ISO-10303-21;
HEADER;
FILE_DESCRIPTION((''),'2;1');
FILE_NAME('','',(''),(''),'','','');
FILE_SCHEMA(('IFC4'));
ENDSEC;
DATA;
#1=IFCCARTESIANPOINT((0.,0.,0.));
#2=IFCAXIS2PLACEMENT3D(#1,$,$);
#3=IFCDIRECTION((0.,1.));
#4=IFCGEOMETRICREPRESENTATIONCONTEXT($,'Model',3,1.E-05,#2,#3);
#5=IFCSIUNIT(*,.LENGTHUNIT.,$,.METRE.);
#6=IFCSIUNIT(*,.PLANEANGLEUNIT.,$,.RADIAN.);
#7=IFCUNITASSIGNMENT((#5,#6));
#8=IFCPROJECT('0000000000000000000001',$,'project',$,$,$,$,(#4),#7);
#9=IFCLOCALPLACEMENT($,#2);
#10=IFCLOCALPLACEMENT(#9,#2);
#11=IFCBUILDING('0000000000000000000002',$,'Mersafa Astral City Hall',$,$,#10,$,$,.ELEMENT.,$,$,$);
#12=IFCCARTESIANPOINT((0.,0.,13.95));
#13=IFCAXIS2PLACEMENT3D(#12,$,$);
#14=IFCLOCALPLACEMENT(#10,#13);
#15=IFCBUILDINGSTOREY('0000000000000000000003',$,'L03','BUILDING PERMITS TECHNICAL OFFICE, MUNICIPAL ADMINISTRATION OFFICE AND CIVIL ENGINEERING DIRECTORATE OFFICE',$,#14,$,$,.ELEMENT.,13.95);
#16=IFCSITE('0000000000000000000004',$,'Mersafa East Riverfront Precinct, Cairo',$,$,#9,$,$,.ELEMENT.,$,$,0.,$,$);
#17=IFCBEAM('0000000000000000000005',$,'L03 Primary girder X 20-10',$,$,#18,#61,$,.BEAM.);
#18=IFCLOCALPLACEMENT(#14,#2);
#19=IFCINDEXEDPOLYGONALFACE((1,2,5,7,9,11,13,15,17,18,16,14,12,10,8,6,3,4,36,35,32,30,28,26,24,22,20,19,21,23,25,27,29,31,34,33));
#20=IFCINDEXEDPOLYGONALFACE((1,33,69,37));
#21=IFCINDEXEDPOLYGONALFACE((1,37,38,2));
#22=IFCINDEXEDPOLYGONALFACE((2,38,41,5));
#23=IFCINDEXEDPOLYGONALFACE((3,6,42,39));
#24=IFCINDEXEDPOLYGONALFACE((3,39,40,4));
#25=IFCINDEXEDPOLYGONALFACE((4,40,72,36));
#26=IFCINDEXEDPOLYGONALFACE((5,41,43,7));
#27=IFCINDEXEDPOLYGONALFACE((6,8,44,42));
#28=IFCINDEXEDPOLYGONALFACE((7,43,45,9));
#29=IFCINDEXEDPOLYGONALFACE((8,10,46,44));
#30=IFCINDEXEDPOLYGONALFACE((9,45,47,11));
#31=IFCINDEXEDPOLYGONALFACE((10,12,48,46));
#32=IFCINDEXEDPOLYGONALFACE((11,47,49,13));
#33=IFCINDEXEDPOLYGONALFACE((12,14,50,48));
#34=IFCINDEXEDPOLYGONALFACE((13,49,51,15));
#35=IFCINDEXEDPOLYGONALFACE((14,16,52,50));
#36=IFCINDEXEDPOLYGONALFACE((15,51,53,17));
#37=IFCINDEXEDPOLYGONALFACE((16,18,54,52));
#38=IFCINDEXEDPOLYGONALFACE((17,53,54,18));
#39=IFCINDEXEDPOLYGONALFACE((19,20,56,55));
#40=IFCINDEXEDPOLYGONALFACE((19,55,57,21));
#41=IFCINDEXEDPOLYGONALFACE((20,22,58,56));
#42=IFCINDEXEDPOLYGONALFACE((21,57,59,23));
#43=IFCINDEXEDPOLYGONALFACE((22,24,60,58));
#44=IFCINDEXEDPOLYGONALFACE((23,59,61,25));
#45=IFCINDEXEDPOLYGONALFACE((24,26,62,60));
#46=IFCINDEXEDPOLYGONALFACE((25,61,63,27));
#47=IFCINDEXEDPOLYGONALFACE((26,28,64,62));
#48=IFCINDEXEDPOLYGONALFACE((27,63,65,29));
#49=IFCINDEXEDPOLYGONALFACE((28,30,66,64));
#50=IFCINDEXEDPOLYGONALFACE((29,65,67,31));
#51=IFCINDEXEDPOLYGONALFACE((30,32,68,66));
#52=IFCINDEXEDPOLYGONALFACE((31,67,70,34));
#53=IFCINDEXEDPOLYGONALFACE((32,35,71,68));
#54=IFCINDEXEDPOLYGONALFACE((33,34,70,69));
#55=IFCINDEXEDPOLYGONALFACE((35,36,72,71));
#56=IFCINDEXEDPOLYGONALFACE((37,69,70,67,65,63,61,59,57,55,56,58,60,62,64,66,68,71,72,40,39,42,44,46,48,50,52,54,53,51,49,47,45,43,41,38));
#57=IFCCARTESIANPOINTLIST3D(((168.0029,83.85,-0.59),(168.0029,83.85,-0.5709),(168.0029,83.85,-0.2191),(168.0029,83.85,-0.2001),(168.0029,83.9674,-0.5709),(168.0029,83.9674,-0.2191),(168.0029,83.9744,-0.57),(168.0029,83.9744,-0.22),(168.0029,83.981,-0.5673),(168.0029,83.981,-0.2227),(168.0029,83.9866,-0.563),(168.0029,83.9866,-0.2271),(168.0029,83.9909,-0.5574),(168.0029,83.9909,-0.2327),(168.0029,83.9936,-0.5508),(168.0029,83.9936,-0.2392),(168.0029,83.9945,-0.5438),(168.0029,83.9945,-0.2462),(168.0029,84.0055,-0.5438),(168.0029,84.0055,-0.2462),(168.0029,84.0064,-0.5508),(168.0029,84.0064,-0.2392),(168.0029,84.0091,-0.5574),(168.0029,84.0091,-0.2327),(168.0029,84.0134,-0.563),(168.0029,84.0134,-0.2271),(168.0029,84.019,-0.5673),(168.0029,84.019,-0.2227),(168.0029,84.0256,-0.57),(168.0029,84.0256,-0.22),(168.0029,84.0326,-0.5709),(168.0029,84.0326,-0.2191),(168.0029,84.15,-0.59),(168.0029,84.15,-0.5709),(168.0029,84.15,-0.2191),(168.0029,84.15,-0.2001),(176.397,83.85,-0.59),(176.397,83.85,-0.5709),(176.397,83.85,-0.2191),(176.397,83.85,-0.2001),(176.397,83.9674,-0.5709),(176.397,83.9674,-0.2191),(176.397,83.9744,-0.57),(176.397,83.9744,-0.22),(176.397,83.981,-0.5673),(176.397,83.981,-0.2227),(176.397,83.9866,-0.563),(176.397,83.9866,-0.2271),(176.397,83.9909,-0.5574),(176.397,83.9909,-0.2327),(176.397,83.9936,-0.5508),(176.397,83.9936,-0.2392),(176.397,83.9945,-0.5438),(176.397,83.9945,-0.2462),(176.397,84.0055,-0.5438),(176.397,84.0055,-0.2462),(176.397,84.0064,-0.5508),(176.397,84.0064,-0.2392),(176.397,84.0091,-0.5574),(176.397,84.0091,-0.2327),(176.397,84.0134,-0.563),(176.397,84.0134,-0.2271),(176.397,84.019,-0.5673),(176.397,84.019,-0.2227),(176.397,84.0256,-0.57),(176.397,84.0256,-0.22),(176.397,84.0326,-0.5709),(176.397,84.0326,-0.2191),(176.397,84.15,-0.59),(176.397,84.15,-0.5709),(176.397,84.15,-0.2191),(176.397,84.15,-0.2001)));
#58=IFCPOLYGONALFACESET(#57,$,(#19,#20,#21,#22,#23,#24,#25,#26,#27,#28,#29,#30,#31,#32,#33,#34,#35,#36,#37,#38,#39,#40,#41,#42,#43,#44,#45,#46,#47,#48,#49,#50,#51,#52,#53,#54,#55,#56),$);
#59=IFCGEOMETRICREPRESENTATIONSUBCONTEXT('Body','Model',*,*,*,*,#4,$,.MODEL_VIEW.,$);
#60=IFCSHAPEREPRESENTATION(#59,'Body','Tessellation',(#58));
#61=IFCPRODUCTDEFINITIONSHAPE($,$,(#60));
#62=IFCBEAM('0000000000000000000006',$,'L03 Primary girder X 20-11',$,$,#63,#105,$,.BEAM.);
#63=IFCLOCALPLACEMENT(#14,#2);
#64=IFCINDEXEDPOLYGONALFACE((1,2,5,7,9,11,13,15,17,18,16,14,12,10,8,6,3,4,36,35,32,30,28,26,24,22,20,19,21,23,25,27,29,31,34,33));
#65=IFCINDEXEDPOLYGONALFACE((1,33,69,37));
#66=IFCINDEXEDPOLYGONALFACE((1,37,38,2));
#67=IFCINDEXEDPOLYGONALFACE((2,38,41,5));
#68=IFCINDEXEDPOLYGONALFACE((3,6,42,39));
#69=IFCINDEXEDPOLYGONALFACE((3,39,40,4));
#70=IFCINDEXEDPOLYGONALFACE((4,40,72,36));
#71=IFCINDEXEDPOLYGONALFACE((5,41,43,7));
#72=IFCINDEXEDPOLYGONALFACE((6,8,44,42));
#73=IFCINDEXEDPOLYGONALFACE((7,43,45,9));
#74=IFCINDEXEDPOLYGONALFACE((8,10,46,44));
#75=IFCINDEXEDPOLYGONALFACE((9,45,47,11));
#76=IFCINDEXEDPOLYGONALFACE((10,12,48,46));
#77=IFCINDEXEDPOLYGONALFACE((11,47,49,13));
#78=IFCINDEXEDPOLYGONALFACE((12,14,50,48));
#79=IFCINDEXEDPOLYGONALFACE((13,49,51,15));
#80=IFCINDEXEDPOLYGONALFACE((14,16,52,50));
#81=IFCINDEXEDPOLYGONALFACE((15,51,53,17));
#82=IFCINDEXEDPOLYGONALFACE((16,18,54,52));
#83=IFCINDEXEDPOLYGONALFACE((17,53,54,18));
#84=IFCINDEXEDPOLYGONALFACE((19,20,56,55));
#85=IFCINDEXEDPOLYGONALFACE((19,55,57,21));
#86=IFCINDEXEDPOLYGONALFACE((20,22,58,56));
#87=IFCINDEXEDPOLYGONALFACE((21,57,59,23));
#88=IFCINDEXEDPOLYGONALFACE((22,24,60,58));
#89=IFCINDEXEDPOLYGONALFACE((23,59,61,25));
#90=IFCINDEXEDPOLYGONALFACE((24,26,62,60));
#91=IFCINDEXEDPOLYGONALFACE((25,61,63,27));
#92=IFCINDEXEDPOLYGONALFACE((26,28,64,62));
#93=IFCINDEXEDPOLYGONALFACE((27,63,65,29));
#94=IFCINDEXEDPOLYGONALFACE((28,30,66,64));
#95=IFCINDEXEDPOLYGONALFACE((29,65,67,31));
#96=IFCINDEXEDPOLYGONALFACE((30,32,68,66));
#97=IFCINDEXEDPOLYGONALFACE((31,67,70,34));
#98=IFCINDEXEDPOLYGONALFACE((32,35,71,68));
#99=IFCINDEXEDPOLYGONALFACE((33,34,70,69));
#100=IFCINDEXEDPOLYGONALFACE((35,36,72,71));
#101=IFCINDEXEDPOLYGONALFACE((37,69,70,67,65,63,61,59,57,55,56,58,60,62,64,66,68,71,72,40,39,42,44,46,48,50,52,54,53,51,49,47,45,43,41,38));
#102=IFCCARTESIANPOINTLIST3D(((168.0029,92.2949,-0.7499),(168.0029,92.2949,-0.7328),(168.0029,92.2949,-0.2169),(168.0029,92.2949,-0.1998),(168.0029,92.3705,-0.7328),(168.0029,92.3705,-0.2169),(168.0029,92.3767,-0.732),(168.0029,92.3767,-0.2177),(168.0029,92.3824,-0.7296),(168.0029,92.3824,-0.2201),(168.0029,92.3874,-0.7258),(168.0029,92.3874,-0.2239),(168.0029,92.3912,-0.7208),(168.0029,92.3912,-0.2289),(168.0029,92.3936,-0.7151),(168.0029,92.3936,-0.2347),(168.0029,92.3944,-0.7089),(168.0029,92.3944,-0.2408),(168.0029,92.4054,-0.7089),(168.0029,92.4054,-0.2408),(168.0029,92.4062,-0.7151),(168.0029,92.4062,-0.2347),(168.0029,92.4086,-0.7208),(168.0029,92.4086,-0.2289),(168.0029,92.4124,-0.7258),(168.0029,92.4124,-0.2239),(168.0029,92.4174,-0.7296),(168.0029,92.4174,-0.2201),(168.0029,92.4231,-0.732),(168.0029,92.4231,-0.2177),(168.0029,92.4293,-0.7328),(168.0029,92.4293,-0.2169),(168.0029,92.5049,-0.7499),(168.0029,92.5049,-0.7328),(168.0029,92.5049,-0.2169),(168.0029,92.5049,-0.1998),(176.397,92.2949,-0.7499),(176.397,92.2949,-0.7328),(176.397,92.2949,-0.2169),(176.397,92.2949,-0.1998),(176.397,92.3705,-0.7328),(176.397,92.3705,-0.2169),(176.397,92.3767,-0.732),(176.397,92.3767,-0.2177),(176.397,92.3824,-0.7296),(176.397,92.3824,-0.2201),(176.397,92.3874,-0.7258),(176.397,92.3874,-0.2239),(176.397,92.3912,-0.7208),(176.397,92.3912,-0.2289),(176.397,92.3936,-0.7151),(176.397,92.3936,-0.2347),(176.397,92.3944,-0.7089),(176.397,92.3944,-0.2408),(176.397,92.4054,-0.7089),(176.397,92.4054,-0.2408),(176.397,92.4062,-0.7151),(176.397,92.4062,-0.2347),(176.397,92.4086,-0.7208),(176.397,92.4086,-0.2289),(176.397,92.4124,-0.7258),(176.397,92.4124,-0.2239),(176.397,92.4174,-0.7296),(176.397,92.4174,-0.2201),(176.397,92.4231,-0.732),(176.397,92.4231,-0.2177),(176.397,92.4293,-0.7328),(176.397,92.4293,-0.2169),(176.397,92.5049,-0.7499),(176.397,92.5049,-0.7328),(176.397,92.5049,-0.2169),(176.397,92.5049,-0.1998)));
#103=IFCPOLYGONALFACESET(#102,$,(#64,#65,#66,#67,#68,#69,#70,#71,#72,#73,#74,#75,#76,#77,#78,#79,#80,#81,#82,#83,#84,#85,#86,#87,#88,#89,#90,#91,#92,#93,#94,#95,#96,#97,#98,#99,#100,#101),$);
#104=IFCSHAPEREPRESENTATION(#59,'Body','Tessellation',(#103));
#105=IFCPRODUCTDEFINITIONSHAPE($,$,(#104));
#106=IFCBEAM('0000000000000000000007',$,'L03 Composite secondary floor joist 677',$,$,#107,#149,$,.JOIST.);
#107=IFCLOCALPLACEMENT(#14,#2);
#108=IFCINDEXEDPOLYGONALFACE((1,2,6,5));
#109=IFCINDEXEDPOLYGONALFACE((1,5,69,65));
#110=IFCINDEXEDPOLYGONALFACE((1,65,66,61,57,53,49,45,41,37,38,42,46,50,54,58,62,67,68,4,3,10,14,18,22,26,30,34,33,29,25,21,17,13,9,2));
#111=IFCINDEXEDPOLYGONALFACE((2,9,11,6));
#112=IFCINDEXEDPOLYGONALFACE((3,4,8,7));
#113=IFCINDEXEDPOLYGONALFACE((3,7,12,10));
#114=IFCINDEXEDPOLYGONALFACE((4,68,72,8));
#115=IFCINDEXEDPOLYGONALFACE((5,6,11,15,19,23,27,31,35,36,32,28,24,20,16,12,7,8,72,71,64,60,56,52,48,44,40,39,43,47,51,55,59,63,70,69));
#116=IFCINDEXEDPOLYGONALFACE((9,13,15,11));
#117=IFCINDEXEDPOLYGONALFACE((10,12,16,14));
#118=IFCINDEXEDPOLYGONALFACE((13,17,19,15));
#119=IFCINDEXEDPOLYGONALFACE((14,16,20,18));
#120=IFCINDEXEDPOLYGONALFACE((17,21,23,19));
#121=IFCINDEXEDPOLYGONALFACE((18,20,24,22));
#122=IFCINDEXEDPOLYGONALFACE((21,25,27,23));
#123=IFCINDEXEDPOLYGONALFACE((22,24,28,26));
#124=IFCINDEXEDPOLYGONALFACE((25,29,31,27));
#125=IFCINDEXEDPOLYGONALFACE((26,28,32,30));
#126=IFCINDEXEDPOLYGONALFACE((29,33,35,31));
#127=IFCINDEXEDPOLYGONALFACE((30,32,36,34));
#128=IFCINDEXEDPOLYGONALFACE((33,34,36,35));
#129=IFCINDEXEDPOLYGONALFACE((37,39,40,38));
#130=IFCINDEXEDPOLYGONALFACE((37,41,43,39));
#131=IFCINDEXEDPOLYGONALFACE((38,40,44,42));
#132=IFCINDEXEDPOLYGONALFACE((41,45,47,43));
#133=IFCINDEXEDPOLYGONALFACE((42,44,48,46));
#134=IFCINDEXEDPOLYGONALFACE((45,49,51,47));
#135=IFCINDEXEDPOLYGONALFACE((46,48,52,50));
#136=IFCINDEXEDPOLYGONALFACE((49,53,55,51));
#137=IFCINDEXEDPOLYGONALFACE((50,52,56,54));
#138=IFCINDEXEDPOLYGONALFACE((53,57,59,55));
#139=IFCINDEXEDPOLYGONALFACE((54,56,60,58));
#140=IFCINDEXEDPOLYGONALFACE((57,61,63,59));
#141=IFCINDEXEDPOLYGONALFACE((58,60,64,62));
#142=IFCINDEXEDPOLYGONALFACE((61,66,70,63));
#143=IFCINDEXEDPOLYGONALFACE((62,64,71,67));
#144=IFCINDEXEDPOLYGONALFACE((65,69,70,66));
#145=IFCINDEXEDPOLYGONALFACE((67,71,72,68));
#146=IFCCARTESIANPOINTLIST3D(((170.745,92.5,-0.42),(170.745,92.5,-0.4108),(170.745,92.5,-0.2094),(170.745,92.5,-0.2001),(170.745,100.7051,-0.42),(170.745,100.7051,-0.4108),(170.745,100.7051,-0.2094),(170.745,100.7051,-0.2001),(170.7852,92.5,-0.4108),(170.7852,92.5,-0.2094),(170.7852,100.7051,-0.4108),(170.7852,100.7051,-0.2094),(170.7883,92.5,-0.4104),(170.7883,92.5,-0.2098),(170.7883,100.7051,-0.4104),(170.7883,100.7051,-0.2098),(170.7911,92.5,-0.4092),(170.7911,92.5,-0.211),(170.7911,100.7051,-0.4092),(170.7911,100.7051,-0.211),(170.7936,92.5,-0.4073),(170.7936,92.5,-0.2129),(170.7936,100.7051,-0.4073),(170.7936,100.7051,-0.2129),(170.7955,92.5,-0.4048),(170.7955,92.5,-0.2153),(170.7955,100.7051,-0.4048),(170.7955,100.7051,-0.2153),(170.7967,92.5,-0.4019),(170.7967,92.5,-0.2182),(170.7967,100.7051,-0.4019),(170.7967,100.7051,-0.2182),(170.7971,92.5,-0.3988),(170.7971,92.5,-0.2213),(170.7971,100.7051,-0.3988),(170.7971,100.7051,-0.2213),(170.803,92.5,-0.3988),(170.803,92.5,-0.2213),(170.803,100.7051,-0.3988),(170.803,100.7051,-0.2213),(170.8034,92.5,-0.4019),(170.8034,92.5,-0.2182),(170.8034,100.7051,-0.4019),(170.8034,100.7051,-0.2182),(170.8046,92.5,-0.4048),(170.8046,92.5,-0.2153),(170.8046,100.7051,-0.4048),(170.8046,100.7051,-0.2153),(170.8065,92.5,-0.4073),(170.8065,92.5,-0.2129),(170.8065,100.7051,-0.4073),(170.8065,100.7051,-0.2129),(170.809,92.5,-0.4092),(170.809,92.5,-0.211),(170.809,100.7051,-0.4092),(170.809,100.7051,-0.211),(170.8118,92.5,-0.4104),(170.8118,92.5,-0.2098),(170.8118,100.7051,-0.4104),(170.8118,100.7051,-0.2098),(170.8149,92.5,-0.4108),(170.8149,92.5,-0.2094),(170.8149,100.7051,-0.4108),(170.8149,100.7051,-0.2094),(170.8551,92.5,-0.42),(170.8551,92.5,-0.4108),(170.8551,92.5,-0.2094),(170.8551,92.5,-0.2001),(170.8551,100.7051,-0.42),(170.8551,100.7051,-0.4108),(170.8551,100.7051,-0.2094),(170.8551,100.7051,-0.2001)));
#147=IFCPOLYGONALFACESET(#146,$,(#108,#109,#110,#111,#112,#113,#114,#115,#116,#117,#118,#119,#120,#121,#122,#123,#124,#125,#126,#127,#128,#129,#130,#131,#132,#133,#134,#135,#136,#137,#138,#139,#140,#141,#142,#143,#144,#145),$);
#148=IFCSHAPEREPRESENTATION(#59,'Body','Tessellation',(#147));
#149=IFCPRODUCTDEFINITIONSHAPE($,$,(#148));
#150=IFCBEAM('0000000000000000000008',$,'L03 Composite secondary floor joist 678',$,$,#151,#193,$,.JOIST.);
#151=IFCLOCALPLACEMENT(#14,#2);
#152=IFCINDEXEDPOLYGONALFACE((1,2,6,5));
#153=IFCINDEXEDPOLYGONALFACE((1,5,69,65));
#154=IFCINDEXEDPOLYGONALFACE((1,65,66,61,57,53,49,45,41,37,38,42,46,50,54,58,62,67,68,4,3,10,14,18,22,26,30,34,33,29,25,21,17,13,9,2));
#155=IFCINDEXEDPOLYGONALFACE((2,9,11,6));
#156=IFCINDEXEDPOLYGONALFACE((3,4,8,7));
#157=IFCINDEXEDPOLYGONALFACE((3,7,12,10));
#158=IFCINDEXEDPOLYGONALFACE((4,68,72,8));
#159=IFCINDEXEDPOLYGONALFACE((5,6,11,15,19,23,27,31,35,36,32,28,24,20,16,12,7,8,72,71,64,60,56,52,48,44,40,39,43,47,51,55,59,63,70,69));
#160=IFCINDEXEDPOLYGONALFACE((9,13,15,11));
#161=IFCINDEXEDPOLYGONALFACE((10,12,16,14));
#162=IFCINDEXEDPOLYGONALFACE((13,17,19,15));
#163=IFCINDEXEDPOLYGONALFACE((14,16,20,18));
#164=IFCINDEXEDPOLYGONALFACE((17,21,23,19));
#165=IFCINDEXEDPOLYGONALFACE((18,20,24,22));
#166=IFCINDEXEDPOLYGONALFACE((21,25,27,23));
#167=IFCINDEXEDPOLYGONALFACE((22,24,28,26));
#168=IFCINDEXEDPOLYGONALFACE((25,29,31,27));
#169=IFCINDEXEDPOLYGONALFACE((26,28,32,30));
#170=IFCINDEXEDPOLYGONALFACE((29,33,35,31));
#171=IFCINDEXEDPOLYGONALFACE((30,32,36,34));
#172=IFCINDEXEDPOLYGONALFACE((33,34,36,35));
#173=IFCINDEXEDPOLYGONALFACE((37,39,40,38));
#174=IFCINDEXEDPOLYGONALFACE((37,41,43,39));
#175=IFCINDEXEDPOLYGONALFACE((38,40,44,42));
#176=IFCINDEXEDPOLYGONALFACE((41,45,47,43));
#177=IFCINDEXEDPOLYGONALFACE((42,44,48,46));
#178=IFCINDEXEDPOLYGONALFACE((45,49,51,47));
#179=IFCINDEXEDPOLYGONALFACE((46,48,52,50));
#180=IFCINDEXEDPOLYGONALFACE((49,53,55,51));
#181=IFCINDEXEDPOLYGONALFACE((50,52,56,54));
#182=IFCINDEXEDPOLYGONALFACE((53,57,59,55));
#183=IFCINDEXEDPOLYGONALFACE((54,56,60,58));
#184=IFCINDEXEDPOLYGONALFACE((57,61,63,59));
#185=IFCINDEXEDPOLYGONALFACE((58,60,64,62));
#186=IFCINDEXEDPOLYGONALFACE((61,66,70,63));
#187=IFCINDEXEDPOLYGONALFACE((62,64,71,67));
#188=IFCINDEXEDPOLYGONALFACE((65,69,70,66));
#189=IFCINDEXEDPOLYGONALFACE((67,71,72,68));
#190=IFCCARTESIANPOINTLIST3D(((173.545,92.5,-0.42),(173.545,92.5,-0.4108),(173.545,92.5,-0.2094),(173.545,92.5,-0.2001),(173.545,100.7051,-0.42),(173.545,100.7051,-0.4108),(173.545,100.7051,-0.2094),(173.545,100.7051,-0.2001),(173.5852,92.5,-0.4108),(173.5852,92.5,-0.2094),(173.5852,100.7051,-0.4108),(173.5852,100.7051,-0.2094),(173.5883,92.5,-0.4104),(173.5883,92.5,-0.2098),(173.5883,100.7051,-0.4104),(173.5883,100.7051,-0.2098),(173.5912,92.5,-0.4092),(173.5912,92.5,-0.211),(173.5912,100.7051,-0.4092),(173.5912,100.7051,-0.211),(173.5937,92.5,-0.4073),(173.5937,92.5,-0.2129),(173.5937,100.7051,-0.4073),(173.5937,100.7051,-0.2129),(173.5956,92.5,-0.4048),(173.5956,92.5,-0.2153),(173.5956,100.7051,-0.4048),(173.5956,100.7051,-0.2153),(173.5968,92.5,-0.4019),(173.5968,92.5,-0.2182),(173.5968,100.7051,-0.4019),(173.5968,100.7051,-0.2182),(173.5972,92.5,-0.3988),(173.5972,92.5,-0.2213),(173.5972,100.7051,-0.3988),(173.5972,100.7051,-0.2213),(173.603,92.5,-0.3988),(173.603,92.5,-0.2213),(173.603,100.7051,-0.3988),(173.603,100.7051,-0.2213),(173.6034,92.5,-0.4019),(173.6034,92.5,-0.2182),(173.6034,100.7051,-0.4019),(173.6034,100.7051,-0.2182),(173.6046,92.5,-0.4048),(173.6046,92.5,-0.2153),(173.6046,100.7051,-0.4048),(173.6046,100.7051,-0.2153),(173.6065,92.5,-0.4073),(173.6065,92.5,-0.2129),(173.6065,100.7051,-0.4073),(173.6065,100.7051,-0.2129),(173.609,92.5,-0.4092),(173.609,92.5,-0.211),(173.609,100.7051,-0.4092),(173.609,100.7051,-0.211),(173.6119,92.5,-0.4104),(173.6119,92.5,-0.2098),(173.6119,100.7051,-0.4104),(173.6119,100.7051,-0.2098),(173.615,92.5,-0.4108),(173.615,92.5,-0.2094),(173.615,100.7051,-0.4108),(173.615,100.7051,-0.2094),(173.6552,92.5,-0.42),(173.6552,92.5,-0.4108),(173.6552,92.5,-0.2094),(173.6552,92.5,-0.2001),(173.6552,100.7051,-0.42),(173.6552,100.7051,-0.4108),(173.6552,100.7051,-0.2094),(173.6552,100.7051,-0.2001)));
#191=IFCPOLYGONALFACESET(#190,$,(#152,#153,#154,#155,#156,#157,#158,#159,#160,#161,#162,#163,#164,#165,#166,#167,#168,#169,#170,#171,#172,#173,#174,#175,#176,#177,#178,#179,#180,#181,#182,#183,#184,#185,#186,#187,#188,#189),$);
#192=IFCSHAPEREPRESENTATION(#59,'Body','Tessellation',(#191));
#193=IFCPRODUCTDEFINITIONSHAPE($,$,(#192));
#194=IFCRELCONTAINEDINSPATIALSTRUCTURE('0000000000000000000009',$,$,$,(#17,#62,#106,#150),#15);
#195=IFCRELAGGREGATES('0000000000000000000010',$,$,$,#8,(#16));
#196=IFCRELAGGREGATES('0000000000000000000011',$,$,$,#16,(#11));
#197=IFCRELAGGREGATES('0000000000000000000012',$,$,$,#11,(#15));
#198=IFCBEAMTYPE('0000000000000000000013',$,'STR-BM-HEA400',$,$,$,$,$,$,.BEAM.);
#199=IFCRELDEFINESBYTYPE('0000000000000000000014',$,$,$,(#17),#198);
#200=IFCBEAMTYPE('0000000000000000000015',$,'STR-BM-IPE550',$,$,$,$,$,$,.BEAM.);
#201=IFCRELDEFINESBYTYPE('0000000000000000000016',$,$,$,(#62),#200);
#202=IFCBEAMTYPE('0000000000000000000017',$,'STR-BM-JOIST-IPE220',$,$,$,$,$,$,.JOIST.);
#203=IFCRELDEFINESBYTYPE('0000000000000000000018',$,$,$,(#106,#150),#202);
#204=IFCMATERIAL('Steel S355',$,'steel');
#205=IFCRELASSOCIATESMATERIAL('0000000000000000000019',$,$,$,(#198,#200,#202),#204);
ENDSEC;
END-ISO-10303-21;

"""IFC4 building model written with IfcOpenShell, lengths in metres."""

from ifc_helpers import new_model, si_unit, direction, frame, origin, origin_2d, place, context, subcontext, project, spatial, i_section, extrude, material, material_profile, profile_set, type_object, element, save


model = new_model("IFC4")

# Units and contexts
model_context = context("Model", 3, precision=1e-05, world=origin(), true_north=direction((0.0, 1.0)))
body_context = subcontext(model_context, "Body", "Model", "MODEL_VIEW")
ifc_project = project(units=[si_unit("LENGTHUNIT", "METRE"), si_unit("PLANEANGLEUNIT", "RADIAN")], contexts=[model_context])

# Site, building, storey
site_placement = place(None, origin())
site = spatial("IfcSite", under=ifc_project, at=site_placement, Name="Mersafa East Riverfront Precinct, Cairo", CompositionType="ELEMENT", RefElevation=0.0)
building_placement = place(site_placement, origin())
building = spatial("IfcBuilding", under=site, at=building_placement, Name="Mersafa Astral City Hall", CompositionType="ELEMENT")
storey_placement = place(building_placement, frame((0.0, 0.0, 13.95)))
storey = spatial("IfcBuildingStorey", under=building, at=storey_placement, Name="L03", Description="BUILDING PERMITS TECHNICAL OFFICE, MUNICIPAL ADMINISTRATION OFFICE AND CIVIL ENGINEERING DIRECTORATE OFFICE", CompositionType="ELEMENT", Elevation=13.95)

# Shared definitions
ifc_material_1 = material(Name="Steel S355", Category="steel")

# Beams
ifc_material_profile_1 = material_profile(ifc_material_1, i_section(OverallWidth=0.3, OverallDepth=0.3899, WebThickness=0.011, FlangeThickness=0.019, FilletRadius=0.0271, at=origin_2d()), Name="HEA 400")
ifc_profile_set_1 = profile_set([ifc_material_profile_1], Name="Steel S355")
beam_type_1 = type_object("IfcBeamType", Name="STR-BM-HEA400", PredefinedType="BEAM", material=ifc_profile_set_1)
beam_1_placement = place(storey_placement, frame((168.0029, 84.0, -0.395), z_axis=(1.0, 0.0, 0.0), x_axis=(0.0, 1.0, 0.0)))
element("IfcBeam", 1, at=beam_1_placement, inside=storey, type_object=beam_type_1, Name="L03 Primary girder X 20-10", PredefinedType="BEAM", context=body_context, shape_type="SweptSolid", body=[
    extrude(i_section(OverallWidth=0.3, OverallDepth=0.3899, WebThickness=0.011, FlangeThickness=0.019, FilletRadius=0.0271, at=origin_2d()), origin(), (0.0, 0.0, 1.0), 8.394),
])
ifc_material_profile_2 = material_profile(ifc_material_1, i_section(OverallWidth=0.21, OverallDepth=0.55, WebThickness=0.011, FlangeThickness=0.0171, FilletRadius=0.0239, at=origin_2d()), Name="IPE 550")
ifc_profile_set_2 = profile_set([ifc_material_profile_2], Name="Steel S355")
beam_type_2 = type_object("IfcBeamType", Name="STR-BM-IPE550", PredefinedType="BEAM", material=ifc_profile_set_2)
beam_2_placement = place(storey_placement, frame((168.0029, 92.3999, -0.4749), z_axis=(1.0, 0.0, 0.0), x_axis=(0.0, 1.0, 0.0)))
element("IfcBeam", 2, at=beam_2_placement, inside=storey, type_object=beam_type_2, Name="L03 Primary girder X 20-11", PredefinedType="BEAM", context=body_context, shape_type="SweptSolid", body=[
    extrude(i_section(OverallWidth=0.21, OverallDepth=0.55, WebThickness=0.011, FlangeThickness=0.0171, FilletRadius=0.0239, at=origin_2d()), origin(), (0.0, 0.0, 1.0), 8.394),
])
ifc_material_profile_3 = material_profile(ifc_material_1, i_section(OverallWidth=0.1101, OverallDepth=0.22, WebThickness=0.0059, FlangeThickness=0.0093, FilletRadius=0.012, at=origin_2d()), Name="IPE 220")
ifc_profile_set_3 = profile_set([ifc_material_profile_3], Name="Steel S355")
beam_type_3 = type_object("IfcBeamType", Name="STR-BM-JOIST-IPE220", PredefinedType="JOIST", material=ifc_profile_set_3)
for number, where, z_axis, x_axis, name in (
    (3, (170.8, 92.5, -0.3101), (0.0, 1.0, 0.0), (-1.0, 0.0, 0.0), "L03 Composite secondary floor joist 677"),
    (4, (173.6001, 92.5, -0.3101), (0.0, 1.0, 0.0), (-1.0, 0.0, 0.0), "L03 Composite secondary floor joist 678"),
):
    element("IfcBeam", number, at=place(storey_placement, frame(where, z_axis=z_axis, x_axis=x_axis)), inside=storey, type_object=beam_type_3, Name=name, PredefinedType="JOIST", context=body_context, shape_type="SweptSolid", body=[
        extrude(i_section(OverallWidth=0.1101, OverallDepth=0.22, WebThickness=0.0059, FlangeThickness=0.0093, FilletRadius=0.012, at=origin_2d()), origin(), (0.0, 0.0, 1.0), 8.2051),
    ])

save(model, "model.ifc")
